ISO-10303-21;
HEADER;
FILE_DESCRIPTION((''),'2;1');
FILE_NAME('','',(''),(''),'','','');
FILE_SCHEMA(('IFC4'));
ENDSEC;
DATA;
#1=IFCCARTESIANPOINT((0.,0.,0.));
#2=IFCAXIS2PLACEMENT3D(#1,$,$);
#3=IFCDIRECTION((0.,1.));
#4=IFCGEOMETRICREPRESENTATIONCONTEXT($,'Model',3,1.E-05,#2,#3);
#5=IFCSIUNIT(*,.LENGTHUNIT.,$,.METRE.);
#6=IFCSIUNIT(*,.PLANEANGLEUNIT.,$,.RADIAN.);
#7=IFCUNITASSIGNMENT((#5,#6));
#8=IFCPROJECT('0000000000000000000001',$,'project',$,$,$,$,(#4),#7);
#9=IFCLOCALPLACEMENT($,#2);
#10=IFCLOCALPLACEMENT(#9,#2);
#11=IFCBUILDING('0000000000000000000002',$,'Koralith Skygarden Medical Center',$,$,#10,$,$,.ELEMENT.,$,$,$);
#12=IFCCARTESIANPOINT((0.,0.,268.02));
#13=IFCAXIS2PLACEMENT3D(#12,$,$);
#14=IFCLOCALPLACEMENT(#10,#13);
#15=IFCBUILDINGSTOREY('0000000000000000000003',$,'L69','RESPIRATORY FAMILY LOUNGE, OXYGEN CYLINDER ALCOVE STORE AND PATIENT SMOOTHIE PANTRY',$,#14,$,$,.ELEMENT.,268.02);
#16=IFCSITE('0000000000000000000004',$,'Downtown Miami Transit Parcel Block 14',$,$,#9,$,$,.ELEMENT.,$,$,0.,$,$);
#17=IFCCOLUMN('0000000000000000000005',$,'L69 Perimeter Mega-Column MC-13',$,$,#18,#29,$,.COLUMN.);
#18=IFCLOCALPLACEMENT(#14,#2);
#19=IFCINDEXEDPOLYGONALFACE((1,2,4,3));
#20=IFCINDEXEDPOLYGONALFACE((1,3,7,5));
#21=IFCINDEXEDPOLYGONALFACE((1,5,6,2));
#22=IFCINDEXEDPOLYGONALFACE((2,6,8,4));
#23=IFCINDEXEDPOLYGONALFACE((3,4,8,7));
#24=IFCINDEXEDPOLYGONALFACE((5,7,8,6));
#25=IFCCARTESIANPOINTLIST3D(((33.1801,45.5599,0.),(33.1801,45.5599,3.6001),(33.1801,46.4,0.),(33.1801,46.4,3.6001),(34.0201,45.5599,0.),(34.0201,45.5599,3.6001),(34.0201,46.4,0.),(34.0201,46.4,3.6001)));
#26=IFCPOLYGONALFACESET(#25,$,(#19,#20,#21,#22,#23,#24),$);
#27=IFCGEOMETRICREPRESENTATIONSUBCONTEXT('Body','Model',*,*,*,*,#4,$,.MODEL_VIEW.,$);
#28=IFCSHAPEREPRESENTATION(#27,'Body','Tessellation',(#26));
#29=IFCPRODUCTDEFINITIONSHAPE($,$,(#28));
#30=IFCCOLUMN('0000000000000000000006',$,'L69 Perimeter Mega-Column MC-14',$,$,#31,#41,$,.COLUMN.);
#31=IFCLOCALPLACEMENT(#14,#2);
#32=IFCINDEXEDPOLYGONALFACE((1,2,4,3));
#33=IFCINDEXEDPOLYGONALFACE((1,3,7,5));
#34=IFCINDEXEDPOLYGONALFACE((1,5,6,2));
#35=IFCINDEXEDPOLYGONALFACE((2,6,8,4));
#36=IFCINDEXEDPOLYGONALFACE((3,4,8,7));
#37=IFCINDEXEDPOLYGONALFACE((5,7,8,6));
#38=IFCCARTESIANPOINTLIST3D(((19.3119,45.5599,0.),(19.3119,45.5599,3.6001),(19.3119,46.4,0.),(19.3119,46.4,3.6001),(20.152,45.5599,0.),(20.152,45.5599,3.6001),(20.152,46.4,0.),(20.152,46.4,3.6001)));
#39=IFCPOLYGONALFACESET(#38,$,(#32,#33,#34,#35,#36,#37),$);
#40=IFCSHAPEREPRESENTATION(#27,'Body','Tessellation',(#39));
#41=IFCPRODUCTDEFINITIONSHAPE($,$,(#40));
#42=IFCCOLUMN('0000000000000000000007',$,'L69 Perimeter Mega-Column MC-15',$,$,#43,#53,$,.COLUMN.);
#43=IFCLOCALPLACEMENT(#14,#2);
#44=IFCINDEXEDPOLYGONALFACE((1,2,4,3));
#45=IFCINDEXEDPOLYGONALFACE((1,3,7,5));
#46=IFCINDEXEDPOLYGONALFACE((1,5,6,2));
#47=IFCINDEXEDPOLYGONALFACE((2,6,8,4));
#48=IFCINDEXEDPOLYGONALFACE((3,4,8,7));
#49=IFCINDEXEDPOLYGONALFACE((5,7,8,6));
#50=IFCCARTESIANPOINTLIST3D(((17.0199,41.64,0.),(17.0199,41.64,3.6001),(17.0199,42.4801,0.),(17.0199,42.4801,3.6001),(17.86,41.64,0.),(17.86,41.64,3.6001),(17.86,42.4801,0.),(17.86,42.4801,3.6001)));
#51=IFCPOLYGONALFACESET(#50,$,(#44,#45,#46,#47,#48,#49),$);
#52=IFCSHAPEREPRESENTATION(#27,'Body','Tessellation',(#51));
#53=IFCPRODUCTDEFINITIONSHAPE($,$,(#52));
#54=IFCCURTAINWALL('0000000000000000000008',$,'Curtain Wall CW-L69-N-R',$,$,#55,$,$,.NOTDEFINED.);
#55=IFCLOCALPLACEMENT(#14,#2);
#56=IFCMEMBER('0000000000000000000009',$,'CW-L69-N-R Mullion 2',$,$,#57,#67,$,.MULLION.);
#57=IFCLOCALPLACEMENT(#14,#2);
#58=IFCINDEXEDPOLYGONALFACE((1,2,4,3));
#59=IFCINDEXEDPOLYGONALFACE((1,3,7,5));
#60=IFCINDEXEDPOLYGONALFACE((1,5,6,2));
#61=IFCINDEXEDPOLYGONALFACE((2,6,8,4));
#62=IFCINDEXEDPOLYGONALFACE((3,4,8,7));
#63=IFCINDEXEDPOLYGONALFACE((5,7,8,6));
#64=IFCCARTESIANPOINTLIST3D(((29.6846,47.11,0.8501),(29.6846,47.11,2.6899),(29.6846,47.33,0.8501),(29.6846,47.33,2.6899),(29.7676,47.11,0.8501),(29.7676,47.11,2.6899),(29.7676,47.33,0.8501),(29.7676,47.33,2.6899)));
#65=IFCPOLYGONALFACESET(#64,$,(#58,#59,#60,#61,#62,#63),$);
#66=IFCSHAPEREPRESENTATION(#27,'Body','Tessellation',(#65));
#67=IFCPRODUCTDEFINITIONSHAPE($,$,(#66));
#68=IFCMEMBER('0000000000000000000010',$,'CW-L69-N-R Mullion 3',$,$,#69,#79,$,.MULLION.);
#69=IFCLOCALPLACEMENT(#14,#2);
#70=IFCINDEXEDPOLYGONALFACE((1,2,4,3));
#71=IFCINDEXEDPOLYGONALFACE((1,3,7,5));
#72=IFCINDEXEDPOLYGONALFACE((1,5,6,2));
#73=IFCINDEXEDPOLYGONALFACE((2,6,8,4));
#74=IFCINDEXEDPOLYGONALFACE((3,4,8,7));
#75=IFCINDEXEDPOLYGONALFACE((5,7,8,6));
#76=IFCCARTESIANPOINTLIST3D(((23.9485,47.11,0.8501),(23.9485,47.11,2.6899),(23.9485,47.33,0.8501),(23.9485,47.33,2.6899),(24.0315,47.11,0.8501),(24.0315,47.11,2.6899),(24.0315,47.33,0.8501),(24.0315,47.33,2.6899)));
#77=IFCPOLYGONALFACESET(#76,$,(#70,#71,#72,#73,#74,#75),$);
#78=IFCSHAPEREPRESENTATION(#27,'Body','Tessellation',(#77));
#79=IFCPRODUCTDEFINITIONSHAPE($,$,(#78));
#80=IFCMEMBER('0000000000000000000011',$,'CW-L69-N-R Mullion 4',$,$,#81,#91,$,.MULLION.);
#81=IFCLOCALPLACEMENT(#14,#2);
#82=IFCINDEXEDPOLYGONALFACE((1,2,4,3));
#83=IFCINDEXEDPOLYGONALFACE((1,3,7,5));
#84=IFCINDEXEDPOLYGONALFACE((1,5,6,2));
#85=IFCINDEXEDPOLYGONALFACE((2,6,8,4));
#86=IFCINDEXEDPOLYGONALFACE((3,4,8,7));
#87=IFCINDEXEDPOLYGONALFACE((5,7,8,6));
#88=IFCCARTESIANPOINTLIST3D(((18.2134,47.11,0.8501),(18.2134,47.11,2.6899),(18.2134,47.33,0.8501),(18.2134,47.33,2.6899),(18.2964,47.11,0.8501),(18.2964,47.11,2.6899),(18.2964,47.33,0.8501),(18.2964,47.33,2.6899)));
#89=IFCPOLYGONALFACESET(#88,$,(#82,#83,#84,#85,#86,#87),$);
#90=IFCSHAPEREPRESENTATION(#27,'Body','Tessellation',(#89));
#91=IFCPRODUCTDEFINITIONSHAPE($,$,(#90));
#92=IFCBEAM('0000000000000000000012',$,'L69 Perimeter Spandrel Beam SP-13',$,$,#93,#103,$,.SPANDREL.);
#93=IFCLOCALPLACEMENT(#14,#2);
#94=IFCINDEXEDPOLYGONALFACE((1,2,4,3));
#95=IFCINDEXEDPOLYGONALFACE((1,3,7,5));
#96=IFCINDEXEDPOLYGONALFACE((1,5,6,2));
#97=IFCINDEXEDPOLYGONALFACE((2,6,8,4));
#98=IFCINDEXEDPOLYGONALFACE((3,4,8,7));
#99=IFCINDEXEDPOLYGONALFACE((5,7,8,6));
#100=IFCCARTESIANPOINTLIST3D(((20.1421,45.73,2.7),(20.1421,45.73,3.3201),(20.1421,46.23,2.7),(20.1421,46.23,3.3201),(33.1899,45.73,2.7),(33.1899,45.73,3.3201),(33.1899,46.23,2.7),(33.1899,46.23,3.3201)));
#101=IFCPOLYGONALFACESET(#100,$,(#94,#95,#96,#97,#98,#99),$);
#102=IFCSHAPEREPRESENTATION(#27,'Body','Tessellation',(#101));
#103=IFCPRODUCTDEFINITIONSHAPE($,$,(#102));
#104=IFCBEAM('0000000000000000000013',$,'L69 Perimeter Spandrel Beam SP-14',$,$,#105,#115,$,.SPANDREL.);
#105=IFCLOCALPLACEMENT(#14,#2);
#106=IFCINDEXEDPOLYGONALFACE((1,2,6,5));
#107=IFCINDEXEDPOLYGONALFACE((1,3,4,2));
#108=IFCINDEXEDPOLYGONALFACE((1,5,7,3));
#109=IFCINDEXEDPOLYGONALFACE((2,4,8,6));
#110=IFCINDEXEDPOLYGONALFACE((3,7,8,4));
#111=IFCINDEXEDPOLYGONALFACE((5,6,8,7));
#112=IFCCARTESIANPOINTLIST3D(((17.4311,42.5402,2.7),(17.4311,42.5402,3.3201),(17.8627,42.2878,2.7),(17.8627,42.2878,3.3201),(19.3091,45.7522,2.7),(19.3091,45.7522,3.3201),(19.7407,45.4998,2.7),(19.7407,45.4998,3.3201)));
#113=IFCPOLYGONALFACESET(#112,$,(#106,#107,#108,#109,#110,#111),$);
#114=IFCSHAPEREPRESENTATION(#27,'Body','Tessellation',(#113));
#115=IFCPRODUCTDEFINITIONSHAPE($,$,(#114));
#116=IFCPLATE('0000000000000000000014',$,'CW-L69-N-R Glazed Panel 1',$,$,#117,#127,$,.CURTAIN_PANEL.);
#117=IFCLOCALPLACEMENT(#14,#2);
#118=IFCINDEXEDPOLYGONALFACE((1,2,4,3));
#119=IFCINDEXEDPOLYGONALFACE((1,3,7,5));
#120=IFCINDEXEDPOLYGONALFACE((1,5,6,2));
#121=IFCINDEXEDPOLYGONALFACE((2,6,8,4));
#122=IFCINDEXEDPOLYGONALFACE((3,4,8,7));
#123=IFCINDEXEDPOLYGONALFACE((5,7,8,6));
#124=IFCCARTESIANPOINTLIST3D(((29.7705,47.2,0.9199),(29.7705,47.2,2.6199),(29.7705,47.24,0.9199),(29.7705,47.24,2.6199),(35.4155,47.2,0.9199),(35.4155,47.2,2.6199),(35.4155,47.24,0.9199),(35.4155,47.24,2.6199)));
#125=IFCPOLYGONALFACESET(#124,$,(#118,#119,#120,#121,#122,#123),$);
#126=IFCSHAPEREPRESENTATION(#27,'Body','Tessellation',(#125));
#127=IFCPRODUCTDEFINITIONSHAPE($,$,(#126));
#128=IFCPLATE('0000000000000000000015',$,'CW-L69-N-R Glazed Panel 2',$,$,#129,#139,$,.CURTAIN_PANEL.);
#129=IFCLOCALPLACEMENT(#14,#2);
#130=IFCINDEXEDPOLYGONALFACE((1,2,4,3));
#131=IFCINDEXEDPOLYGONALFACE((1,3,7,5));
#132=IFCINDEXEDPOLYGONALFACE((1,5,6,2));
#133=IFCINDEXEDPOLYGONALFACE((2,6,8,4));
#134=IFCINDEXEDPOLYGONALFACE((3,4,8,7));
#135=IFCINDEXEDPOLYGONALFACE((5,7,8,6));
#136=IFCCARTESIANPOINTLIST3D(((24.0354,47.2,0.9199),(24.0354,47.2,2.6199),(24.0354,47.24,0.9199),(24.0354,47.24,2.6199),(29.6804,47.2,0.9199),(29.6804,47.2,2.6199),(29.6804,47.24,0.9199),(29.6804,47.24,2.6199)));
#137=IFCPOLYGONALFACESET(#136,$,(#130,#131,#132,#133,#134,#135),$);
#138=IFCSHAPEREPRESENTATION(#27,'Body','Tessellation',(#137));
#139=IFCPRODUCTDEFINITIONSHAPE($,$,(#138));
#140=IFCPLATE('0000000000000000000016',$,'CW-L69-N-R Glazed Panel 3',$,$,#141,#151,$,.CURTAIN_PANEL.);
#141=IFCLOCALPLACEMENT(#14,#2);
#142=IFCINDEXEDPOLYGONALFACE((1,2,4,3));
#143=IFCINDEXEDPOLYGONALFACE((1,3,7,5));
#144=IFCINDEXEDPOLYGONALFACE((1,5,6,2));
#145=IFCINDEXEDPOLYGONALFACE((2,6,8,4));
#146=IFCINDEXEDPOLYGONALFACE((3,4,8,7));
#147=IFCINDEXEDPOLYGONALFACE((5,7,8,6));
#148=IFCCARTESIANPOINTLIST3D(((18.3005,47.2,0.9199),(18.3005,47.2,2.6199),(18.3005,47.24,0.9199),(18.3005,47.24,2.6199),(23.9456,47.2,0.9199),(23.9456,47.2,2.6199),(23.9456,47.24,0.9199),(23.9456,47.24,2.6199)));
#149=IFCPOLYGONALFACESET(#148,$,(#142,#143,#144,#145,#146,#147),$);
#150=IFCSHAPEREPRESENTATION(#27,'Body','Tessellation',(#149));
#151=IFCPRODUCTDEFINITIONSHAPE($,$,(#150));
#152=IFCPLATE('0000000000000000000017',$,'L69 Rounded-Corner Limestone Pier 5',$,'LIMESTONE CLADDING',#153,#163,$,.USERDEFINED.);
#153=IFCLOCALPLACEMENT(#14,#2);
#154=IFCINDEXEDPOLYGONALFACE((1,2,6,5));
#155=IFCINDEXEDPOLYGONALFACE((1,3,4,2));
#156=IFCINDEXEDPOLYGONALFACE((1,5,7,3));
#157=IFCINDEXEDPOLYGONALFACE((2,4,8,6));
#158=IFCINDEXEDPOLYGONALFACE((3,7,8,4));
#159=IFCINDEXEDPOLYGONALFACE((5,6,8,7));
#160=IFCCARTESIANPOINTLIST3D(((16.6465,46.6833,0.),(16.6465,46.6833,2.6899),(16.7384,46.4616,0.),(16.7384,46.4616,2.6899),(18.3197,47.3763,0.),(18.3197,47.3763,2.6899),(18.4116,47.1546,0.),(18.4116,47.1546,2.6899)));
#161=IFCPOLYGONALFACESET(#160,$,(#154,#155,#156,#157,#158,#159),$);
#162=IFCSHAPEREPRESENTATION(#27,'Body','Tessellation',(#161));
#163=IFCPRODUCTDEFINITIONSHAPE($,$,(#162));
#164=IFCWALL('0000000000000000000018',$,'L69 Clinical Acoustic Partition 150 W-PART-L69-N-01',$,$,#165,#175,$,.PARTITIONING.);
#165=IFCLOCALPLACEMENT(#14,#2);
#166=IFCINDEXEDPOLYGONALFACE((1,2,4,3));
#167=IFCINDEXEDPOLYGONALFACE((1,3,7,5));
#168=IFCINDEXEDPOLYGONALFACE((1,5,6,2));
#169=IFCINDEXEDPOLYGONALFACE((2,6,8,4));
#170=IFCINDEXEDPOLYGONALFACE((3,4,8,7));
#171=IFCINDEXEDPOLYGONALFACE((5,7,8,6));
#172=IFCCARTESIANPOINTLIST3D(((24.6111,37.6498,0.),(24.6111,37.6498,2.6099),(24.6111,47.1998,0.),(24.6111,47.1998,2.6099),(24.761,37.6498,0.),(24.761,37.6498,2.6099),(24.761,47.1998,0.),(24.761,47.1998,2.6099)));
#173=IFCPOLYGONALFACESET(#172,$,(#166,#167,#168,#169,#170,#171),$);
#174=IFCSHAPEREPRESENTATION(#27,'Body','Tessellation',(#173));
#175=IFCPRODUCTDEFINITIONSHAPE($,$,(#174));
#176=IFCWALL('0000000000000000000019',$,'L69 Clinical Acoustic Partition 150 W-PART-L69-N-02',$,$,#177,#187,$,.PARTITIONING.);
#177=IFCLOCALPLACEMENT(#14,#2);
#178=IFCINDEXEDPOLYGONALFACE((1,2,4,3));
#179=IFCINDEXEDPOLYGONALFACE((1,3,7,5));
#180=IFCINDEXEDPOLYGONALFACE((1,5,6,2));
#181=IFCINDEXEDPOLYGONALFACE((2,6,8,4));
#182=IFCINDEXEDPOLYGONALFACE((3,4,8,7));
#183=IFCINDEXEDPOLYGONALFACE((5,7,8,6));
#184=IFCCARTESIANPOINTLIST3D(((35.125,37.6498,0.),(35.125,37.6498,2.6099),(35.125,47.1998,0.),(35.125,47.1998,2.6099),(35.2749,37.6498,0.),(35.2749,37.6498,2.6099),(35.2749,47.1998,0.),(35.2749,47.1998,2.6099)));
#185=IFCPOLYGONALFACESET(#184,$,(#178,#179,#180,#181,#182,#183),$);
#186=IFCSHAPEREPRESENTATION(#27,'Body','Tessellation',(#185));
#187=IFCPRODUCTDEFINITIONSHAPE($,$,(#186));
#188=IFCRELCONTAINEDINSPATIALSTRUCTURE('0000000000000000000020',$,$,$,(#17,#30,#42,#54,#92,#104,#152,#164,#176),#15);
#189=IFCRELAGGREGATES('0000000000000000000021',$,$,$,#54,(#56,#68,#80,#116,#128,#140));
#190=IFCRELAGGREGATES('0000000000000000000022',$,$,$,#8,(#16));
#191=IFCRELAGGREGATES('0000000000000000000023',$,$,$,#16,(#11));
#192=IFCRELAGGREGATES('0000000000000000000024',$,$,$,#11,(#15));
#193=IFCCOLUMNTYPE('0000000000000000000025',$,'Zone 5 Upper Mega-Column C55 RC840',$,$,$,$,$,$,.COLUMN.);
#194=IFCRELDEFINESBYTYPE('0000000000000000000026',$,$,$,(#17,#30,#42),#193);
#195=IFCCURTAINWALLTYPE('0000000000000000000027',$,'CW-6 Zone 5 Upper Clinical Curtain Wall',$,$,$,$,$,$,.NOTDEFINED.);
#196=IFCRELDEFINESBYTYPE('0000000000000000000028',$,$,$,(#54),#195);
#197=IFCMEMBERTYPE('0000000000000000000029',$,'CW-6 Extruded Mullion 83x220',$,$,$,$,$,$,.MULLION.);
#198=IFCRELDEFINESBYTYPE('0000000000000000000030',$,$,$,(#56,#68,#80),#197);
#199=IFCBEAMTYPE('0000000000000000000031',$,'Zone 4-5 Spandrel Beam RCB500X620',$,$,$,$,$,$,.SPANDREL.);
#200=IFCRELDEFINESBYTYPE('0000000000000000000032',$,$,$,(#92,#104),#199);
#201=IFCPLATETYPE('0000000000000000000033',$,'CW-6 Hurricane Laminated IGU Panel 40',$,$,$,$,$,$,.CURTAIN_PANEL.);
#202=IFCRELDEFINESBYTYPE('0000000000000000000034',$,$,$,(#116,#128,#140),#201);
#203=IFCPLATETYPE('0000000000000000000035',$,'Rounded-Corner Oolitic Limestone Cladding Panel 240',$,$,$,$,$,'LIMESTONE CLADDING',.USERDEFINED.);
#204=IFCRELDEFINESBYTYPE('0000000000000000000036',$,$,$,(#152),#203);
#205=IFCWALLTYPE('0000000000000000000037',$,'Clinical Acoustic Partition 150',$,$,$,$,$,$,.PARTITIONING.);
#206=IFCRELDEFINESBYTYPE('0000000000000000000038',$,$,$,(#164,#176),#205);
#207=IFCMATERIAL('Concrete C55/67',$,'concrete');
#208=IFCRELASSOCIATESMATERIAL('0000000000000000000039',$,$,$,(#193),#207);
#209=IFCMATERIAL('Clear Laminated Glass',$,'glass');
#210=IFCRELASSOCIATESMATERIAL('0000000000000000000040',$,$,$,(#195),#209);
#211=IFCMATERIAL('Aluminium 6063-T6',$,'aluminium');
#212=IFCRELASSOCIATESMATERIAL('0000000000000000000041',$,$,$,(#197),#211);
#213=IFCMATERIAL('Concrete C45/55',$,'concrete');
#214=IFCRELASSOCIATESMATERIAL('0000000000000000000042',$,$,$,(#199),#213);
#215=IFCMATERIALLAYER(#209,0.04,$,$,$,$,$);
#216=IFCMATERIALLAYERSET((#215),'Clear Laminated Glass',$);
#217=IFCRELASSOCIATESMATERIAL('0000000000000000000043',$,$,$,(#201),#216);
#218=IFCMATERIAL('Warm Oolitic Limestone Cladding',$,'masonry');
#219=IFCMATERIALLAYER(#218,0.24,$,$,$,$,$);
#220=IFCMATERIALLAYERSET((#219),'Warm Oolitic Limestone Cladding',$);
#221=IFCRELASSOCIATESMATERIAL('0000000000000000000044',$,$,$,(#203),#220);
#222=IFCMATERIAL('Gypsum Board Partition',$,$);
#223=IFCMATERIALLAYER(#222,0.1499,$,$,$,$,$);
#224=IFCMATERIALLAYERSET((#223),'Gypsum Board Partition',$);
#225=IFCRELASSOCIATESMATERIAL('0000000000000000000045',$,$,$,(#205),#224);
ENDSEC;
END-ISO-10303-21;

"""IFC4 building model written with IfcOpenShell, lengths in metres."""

from ifc_helpers import new_model, si_unit, direction, frame, frame_2d, origin, origin_2d, place, context, subcontext, project, spatial, rectangle, extrude, material, layer, layer_set, material_profile, profile_set, type_object, element, aggregate, save


model = new_model("IFC4")

# Units and contexts
model_context = context("Model", 3, precision=1e-05, world=origin(), true_north=direction((0.0, 1.0)))
body_context = subcontext(model_context, "Body", "Model", "MODEL_VIEW")
ifc_project = project(units=[si_unit("LENGTHUNIT", "METRE"), si_unit("PLANEANGLEUNIT", "RADIAN")], contexts=[model_context])

# Site, building, storey
site_placement = place(None, origin())
site = spatial("IfcSite", under=ifc_project, at=site_placement, Name="Downtown Miami Transit Parcel Block 14", CompositionType="ELEMENT", RefElevation=0.0)
building_placement = place(site_placement, origin())
building = spatial("IfcBuilding", under=site, at=building_placement, Name="Koralith Skygarden Medical Center", CompositionType="ELEMENT")
storey_placement = place(building_placement, frame((0.0, 0.0, 268.02)))
storey = spatial("IfcBuildingStorey", under=building, at=storey_placement, Name="L69", Description="RESPIRATORY FAMILY LOUNGE, OXYGEN CYLINDER ALCOVE STORE AND PATIENT SMOOTHIE PANTRY", CompositionType="ELEMENT", Elevation=268.02)

# Columns
ifc_material_1 = material(Name="Concrete C55/67", Category="concrete")
ifc_material_profile_1 = material_profile(ifc_material_1, rectangle(XDim=0.8401, YDim=0.8401, at=origin_2d()), Name="RC840X840")
ifc_profile_set_1 = profile_set([ifc_material_profile_1], Name="Concrete C55/67")
column_type = type_object("IfcColumnType", Name="Zone 5 Upper Mega-Column C55 RC840", PredefinedType="COLUMN", material=ifc_profile_set_1)
for number, where, z_axis, x_axis, name in (
    (1, (33.6001, 45.98, 0.0), (0.0, 0.0, 1.0), (1.0, 0.0, 0.0), "L69 Perimeter Mega-Column MC-13"),
    (2, (19.7319, 45.98, 0.0), (0.0, 0.0, 1.0), (1.0, 0.0, 0.0), "L69 Perimeter Mega-Column MC-14"),
    (3, (17.4399, 42.0601, 0.0), (0.0, 0.0, 1.0), (1.0, 0.0, 0.0), "L69 Perimeter Mega-Column MC-15"),
):
    element("IfcColumn", number, at=place(storey_placement, frame(where, z_axis=z_axis, x_axis=x_axis)), inside=storey, type_object=column_type, Name=name, PredefinedType="COLUMN", context=body_context, shape_type="SweptSolid", body=[
        extrude(rectangle(XDim=0.8401, YDim=0.8401, at=origin_2d()), origin(), (0.0, 0.0, 1.0), 3.6001),
    ])

# Curtain wall, members
ifc_material_2 = material(Name="Clear Laminated Glass", Category="glass")
curtain_wall_type = type_object("IfcCurtainWallType", Name="CW-6 Zone 5 Upper Clinical Curtain Wall", PredefinedType="NOTDEFINED", material=ifc_material_2)
curtain_wall_placement = place(storey_placement, origin())
curtain_wall = element("IfcCurtainWall", 4, at=curtain_wall_placement, inside=storey, type_object=curtain_wall_type, Name="Curtain Wall CW-L69-N-R", PredefinedType="NOTDEFINED")
ifc_material_3 = material(Name="Aluminium 6063-T6", Category="aluminium")
ifc_material_profile_2 = material_profile(ifc_material_3, rectangle(XDim=0.083, YDim=0.22, at=origin_2d()), Name="MUL83X220")
ifc_profile_set_2 = profile_set([ifc_material_profile_2], Name="Aluminium 6063-T6")
member_type = type_object("IfcMemberType", Name="CW-6 Extruded Mullion 83x220", PredefinedType="MULLION", material=ifc_profile_set_2)
member_1_placement = place(storey_placement, frame((29.7261, 47.22, 0.8501), z_axis=(0.0, 0.0, 1.0), x_axis=(1.0, 0.0, 0.0)))
member_1 = element("IfcMember", 5, at=member_1_placement, type_object=member_type, Name="CW-L69-N-R Mullion 2", PredefinedType="MULLION", context=body_context, shape_type="SweptSolid", body=[
    extrude(rectangle(XDim=0.083, YDim=0.22, at=origin_2d()), origin(), (0.0, 0.0, 1.0), 1.8398),
])
member_2_placement = place(storey_placement, frame((23.99, 47.22, 0.8501), z_axis=(0.0, 0.0, 1.0), x_axis=(1.0, 0.0, 0.0)))
member_2 = element("IfcMember", 6, at=member_2_placement, type_object=member_type, Name="CW-L69-N-R Mullion 3", PredefinedType="MULLION", context=body_context, shape_type="SweptSolid", body=[
    extrude(rectangle(XDim=0.083, YDim=0.22, at=origin_2d()), origin(), (0.0, 0.0, 1.0), 1.8398),
])
member_3_placement = place(storey_placement, frame((18.2549, 47.22, 0.8501), z_axis=(0.0, 0.0, 1.0), x_axis=(1.0, 0.0, 0.0)))
member_3 = element("IfcMember", 7, at=member_3_placement, type_object=member_type, Name="CW-L69-N-R Mullion 4", PredefinedType="MULLION", context=body_context, shape_type="SweptSolid", body=[
    extrude(rectangle(XDim=0.083, YDim=0.22, at=origin_2d()), origin(), (0.0, 0.0, 1.0), 1.8398),
])

# Beams
ifc_material_4 = material(Name="Concrete C45/55", Category="concrete")
ifc_material_profile_3 = material_profile(ifc_material_4, rectangle(XDim=0.5, YDim=0.6201, at=origin_2d()), Name="RCB500X620")
ifc_profile_set_3 = profile_set([ifc_material_profile_3], Name="Concrete C45/55")
beam_type = type_object("IfcBeamType", Name="Zone 4-5 Spandrel Beam RCB500X620", PredefinedType="SPANDREL", material=ifc_profile_set_3)
beam_1_placement = place(storey_placement, frame((33.1899, 45.98, 3.01), z_axis=(-1.0, 0.0, 0.0), x_axis=(0.0, -1.0, 0.0)))
element("IfcBeam", 8, at=beam_1_placement, inside=storey, type_object=beam_type, Name="L69 Perimeter Spandrel Beam SP-13", PredefinedType="SPANDREL", context=body_context, shape_type="SweptSolid", body=[
    extrude(rectangle(XDim=0.5, YDim=0.6201, at=origin_2d()), origin(), (0.0, 0.0, 1.0), 13.0479),
])
beam_2_placement = place(storey_placement, frame((19.5249, 45.626, 3.01), z_axis=(-0.504736, -0.863274, 0.0), x_axis=(0.863274, -0.504736, 0.0)))
element("IfcBeam", 9, at=beam_2_placement, inside=storey, type_object=beam_type, Name="L69 Perimeter Spandrel Beam SP-14", PredefinedType="SPANDREL", context=body_context, shape_type="SweptSolid", body=[
    extrude(rectangle(XDim=0.5, YDim=0.6201, at=origin_2d()), origin(), (0.0, 0.0, 1.0), 3.7207),
])

# Plates
ifc_layer_1 = layer(ifc_material_2, 0.04)
ifc_layer_set_1 = layer_set([ifc_layer_1], Name="Clear Laminated Glass")
plate_type_1 = type_object("IfcPlateType", Name="CW-6 Hurricane Laminated IGU Panel 40", PredefinedType="CURTAIN_PANEL", material=ifc_layer_set_1)
plate_1_placement = place(storey_placement, frame((32.593, 47.22, 0.9199), z_axis=(0.0, 0.0, 1.0), x_axis=(-1.0, 0.0, 0.0)))
plate_1 = element("IfcPlate", 10, at=plate_1_placement, type_object=plate_type_1, Name="CW-L69-N-R Glazed Panel 1", PredefinedType="CURTAIN_PANEL", context=body_context, shape_type="SweptSolid", body=[
    extrude(rectangle(XDim=5.645, YDim=0.04, at=origin_2d()), origin(), (0.0, 0.0, 1.0), 1.7),
])
plate_2_placement = place(storey_placement, frame((26.8579, 47.22, 0.9199), z_axis=(0.0, 0.0, 1.0), x_axis=(-1.0, 0.0, 0.0)))
plate_2 = element("IfcPlate", 11, at=plate_2_placement, type_object=plate_type_1, Name="CW-L69-N-R Glazed Panel 2", PredefinedType="CURTAIN_PANEL", context=body_context, shape_type="SweptSolid", body=[
    extrude(rectangle(XDim=5.645, YDim=0.04, at=origin_2d()), origin(), (0.0, 0.0, 1.0), 1.7),
])
plate_3_placement = place(storey_placement, frame((21.123, 47.22, 0.9199), z_axis=(0.0, 0.0, 1.0), x_axis=(-1.0, 0.0, 0.0)))
plate_3 = element("IfcPlate", 12, at=plate_3_placement, type_object=plate_type_1, Name="CW-L69-N-R Glazed Panel 3", PredefinedType="CURTAIN_PANEL", context=body_context, shape_type="SweptSolid", body=[
    extrude(rectangle(XDim=5.645, YDim=0.04, at=origin_2d()), origin(), (0.0, 0.0, 1.0), 1.7),
])
aggregate(curtain_wall, [member_1, member_2, member_3, plate_1, plate_2, plate_3])
ifc_material_5 = material(Name="Warm Oolitic Limestone Cladding", Category="masonry")
ifc_layer_2 = layer(ifc_material_5, 0.24)
ifc_layer_set_2 = layer_set([ifc_layer_2], Name="Warm Oolitic Limestone Cladding")
plate_type_2 = type_object("IfcPlateType", Name="Rounded-Corner Oolitic Limestone Cladding Panel 240", ElementType="LIMESTONE CLADDING", PredefinedType="USERDEFINED", material=ifc_layer_set_2)
plate_4_placement = place(storey_placement, frame((17.5291, 46.9189, 0.0), z_axis=(0.0, 0.0, 1.0), x_axis=(-0.923885, -0.382671, 0.0)))
element("IfcPlate", 13, at=plate_4_placement, inside=storey, type_object=plate_type_2, Name="L69 Rounded-Corner Limestone Pier 5", ObjectType="LIMESTONE CLADDING", PredefinedType="USERDEFINED", context=body_context, shape_type="SweptSolid", body=[
    extrude(rectangle(XDim=1.811, YDim=0.24, at=origin_2d()), origin(), (0.0, 0.0, 1.0), 2.6899),
])

# Walls
ifc_material_6 = material(Name="Gypsum Board Partition")
ifc_layer_3 = layer(ifc_material_6, 0.1499)
ifc_layer_set_3 = layer_set([ifc_layer_3], Name="Gypsum Board Partition")
wall_type_1 = type_object("IfcWallType", Name="Clinical Acoustic Partition 150", PredefinedType="PARTITIONING", material=ifc_layer_set_3)
for number, where, z_axis, x_axis, name in (
    (14, (24.686, 37.6499, 0.0), (0.0, 0.0, 1.0), (0.0, 1.0, 0.0), "L69 Clinical Acoustic Partition 150 W-PART-L69-N-01"),
    (15, (35.2, 37.6499, 0.0), (0.0, 0.0, 1.0), (0.0, 1.0, 0.0), "L69 Clinical Acoustic Partition 150 W-PART-L69-N-02"),
):
    element("IfcWall", number, at=place(storey_placement, frame(where, z_axis=z_axis, x_axis=x_axis)), inside=storey, type_object=wall_type_1, Name=name, PredefinedType="PARTITIONING", context=body_context, shape_type="SweptSolid", body=[
        extrude(rectangle(XDim=9.55, YDim=0.1499, at=frame_2d((4.7749, 0.0))), origin(), (0.0, 0.0, 1.0), 2.6099),
    ])

save(model, "model.ifc")
